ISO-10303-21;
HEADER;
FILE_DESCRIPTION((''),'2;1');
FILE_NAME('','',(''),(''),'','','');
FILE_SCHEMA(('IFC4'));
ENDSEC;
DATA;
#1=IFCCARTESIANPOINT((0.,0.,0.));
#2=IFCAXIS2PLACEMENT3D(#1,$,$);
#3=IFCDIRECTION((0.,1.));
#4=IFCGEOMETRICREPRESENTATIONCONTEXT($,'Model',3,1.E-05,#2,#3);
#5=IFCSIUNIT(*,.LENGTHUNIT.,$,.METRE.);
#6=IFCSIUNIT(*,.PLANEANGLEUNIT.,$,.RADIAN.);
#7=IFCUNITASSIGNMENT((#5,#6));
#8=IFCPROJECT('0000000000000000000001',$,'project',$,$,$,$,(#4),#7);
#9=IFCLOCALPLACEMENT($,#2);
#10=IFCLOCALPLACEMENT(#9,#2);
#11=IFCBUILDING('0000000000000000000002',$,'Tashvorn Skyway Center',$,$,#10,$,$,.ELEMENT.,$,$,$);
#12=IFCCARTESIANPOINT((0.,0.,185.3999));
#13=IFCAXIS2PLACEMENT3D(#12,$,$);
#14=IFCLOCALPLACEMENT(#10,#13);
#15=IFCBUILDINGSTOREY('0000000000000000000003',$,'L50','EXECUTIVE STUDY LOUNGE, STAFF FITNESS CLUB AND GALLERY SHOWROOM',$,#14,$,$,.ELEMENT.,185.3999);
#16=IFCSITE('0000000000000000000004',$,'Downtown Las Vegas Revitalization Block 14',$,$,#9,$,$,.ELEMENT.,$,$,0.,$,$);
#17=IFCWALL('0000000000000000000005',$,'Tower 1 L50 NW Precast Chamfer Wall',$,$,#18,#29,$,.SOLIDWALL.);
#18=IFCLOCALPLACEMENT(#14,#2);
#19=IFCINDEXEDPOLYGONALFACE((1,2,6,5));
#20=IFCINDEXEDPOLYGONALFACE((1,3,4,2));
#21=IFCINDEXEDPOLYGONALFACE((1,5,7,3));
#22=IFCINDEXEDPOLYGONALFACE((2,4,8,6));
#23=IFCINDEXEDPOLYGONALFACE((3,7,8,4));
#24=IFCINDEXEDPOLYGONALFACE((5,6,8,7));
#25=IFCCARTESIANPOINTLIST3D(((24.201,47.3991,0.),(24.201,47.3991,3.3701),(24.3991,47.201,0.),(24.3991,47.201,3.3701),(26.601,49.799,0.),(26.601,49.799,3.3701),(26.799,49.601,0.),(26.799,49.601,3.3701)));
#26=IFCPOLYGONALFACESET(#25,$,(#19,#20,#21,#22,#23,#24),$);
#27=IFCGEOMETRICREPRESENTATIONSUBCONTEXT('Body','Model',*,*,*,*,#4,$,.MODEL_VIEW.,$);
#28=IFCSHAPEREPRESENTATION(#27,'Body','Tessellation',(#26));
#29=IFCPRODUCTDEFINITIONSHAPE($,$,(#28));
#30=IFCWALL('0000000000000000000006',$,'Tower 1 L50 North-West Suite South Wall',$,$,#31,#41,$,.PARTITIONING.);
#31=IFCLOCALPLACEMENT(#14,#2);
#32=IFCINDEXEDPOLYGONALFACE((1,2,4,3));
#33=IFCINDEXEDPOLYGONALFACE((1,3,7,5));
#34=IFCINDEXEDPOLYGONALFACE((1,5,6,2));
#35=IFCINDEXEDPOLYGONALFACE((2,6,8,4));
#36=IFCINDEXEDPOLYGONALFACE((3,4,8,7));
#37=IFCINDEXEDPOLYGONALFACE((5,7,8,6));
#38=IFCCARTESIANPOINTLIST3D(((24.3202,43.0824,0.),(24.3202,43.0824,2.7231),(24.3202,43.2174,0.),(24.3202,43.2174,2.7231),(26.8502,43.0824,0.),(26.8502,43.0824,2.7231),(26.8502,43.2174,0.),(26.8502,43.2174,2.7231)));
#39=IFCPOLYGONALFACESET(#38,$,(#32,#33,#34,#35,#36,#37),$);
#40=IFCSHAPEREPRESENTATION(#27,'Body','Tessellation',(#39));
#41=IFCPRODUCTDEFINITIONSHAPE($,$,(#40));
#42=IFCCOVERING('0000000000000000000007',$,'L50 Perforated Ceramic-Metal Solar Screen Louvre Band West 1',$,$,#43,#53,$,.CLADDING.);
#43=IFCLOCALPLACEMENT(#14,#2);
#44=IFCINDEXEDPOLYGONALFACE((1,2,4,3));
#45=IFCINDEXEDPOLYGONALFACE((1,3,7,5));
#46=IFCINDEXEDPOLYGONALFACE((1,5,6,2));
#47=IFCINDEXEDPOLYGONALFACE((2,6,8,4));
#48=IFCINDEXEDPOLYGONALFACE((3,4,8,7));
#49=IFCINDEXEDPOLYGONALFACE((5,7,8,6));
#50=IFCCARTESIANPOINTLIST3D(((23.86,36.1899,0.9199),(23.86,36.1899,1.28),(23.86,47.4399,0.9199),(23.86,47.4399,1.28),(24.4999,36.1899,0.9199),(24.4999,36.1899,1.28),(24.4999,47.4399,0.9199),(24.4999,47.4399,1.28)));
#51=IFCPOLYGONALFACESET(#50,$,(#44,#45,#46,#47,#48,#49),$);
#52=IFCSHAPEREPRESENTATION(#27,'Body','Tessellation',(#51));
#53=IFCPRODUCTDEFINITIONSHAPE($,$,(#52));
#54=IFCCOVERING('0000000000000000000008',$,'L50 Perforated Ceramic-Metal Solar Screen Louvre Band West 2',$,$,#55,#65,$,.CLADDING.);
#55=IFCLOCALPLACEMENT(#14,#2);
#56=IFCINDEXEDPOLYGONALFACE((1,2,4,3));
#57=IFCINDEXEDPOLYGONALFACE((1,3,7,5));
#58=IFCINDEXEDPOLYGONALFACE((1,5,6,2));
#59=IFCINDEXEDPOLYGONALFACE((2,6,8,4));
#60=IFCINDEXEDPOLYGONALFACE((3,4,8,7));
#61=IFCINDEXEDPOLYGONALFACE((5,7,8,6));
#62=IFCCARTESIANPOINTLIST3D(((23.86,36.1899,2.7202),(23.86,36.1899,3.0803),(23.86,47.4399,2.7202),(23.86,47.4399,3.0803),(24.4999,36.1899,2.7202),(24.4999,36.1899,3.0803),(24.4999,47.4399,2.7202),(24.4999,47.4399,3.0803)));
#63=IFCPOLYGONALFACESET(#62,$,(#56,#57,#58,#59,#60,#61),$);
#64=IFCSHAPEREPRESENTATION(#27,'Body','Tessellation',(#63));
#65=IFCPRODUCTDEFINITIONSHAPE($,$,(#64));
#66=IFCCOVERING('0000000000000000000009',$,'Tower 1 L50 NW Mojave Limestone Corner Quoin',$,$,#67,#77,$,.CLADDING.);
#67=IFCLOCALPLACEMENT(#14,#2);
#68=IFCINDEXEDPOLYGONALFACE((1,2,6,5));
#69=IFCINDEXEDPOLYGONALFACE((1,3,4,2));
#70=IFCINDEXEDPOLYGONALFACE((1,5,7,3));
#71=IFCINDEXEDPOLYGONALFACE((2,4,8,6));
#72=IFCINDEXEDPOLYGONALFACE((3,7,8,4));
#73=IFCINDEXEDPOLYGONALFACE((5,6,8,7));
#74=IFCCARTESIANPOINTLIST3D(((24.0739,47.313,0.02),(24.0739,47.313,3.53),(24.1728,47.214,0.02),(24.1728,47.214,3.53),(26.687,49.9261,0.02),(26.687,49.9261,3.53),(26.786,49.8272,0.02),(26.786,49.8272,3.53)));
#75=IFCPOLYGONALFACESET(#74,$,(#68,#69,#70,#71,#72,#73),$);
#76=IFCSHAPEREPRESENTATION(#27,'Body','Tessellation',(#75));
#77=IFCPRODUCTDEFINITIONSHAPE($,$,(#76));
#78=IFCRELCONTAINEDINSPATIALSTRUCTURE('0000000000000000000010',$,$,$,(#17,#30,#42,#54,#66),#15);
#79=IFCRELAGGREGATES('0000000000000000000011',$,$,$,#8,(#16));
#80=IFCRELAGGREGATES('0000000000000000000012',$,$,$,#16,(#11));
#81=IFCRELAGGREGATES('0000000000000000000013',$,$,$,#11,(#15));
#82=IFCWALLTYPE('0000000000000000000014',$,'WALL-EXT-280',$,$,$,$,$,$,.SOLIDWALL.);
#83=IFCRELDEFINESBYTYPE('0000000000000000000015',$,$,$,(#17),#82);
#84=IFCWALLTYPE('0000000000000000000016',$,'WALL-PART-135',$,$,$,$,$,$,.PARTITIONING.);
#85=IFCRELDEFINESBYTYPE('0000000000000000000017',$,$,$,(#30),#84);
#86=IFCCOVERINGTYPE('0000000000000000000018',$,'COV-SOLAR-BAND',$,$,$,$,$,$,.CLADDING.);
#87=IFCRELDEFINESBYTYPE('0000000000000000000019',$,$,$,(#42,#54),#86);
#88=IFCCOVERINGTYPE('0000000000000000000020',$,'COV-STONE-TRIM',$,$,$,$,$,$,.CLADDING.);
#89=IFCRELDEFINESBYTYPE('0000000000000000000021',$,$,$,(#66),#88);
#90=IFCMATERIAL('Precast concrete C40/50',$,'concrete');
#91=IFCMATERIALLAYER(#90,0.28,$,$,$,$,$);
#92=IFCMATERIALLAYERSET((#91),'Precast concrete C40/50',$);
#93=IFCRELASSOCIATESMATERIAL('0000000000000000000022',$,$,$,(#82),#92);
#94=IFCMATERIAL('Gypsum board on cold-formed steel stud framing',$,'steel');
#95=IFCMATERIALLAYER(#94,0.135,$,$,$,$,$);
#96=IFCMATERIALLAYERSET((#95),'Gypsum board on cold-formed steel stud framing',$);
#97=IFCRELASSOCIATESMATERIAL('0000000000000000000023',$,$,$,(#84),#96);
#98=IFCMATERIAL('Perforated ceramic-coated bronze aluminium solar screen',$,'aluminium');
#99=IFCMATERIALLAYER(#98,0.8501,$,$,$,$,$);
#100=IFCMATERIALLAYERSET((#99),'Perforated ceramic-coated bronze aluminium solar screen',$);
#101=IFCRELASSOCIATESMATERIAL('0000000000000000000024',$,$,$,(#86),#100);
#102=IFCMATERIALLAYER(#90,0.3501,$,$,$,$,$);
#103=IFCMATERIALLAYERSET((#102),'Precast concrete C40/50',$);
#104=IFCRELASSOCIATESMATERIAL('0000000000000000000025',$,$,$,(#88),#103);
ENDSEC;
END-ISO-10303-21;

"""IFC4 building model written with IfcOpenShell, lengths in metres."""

from ifc_helpers import new_model, si_unit, direction, frame, frame_2d, origin, origin_2d, place, context, subcontext, project, spatial, rectangle, extrude, material, layer, layer_set, type_object, element, save


model = new_model("IFC4")

# Units and contexts
model_context = context("Model", 3, precision=1e-05, world=origin(), true_north=direction((0.0, 1.0)))
body_context = subcontext(model_context, "Body", "Model", "MODEL_VIEW")
ifc_project = project(units=[si_unit("LENGTHUNIT", "METRE"), si_unit("PLANEANGLEUNIT", "RADIAN")], contexts=[model_context])

# Site, building, storey
site_placement = place(None, origin())
site = spatial("IfcSite", under=ifc_project, at=site_placement, Name="Downtown Las Vegas Revitalization Block 14", CompositionType="ELEMENT", RefElevation=0.0)
building_placement = place(site_placement, origin())
building = spatial("IfcBuilding", under=site, at=building_placement, Name="Tashvorn Skyway Center", CompositionType="ELEMENT")
storey_placement = place(building_placement, frame((0.0, 0.0, 185.3999)))
storey = spatial("IfcBuildingStorey", under=building, at=storey_placement, Name="L50", Description="EXECUTIVE STUDY LOUNGE, STAFF FITNESS CLUB AND GALLERY SHOWROOM", CompositionType="ELEMENT", Elevation=185.3999)

# Walls
ifc_material_1 = material(Name="Precast concrete C40/50", Category="concrete")
ifc_layer_1 = layer(ifc_material_1, 0.28)
ifc_layer_set_1 = layer_set([ifc_layer_1], Name="Precast concrete C40/50")
wall_type_1 = type_object("IfcWallType", Name="WALL-EXT-280", PredefinedType="SOLIDWALL", material=ifc_layer_set_1)
wall_1_placement = place(storey_placement, frame((24.3, 47.3, 0.0), z_axis=(0.0, 0.0, 1.0), x_axis=(0.707107, 0.707107, 0.0)))
element("IfcWall", 1, at=wall_1_placement, inside=storey, type_object=wall_type_1, Name="Tower 1 L50 NW Precast Chamfer Wall", PredefinedType="SOLIDWALL", context=body_context, shape_type="SweptSolid", body=[
    extrude(rectangle(XDim=3.394, YDim=0.28, at=frame_2d((1.697, 0.0))), origin(), (0.0, 0.0, 1.0), 3.3701),
])
ifc_material_2 = material(Name="Gypsum board on cold-formed steel stud framing", Category="steel")
ifc_layer_2 = layer(ifc_material_2, 0.135)
ifc_layer_set_2 = layer_set([ifc_layer_2], Name="Gypsum board on cold-formed steel stud framing")
wall_type_2 = type_object("IfcWallType", Name="WALL-PART-135", PredefinedType="PARTITIONING", material=ifc_layer_set_2)
wall_2_placement = place(storey_placement, frame((24.3201, 43.1499, 0.0), z_axis=(0.0, 0.0, 1.0), x_axis=(1.0, 0.0, 0.0)))
element("IfcWall", 2, at=wall_2_placement, inside=storey, type_object=wall_type_2, Name="Tower 1 L50 North-West Suite South Wall", PredefinedType="PARTITIONING", context=body_context, shape_type="SweptSolid", body=[
    extrude(rectangle(XDim=2.53, YDim=0.135, at=frame_2d((1.2651, 0.0))), origin(), (0.0, 0.0, 1.0), 2.7231),
])

# Coverings
ifc_material_3 = material(Name="Perforated ceramic-coated bronze aluminium solar screen", Category="aluminium")
ifc_layer_3 = layer(ifc_material_3, 0.8501)
ifc_layer_set_3 = layer_set([ifc_layer_3], Name="Perforated ceramic-coated bronze aluminium solar screen")
covering_type_1 = type_object("IfcCoveringType", Name="COV-SOLAR-BAND", PredefinedType="CLADDING", material=ifc_layer_set_3)
for number, where, z_axis, x_axis, name in (
    (3, (24.1799, 41.8149, 0.9199), (0.0, 0.0, 1.0), (0.0, 1.0, 0.0), "L50 Perforated Ceramic-Metal Solar Screen Louvre Band West 1"),
    (4, (24.1799, 41.8149, 2.7202), (0.0, 0.0, 1.0), (0.0, 1.0, 0.0), "L50 Perforated Ceramic-Metal Solar Screen Louvre Band West 2"),
):
    element("IfcCovering", number, at=place(storey_placement, frame(where, z_axis=z_axis, x_axis=x_axis)), inside=storey, type_object=covering_type_1, Name=name, PredefinedType="CLADDING", context=body_context, shape_type="SweptSolid", body=[
        extrude(rectangle(XDim=11.25, YDim=0.6399, at=origin_2d()), origin(), (0.0, 0.0, 1.0), 0.3601),
    ])
ifc_layer_4 = layer(ifc_material_1, 0.3501)
ifc_layer_set_4 = layer_set([ifc_layer_4], Name="Precast concrete C40/50")
covering_type_2 = type_object("IfcCoveringType", Name="COV-STONE-TRIM", PredefinedType="CLADDING", material=ifc_layer_set_4)
covering_placement = place(storey_placement, frame((25.4299, 48.5701, 0.02), z_axis=(0.0, 0.0, 1.0), x_axis=(-0.707107, -0.707107, 0.0)))
element("IfcCovering", 5, at=covering_placement, inside=storey, type_object=covering_type_2, Name="Tower 1 L50 NW Mojave Limestone Corner Quoin", PredefinedType="CLADDING", context=body_context, shape_type="SweptSolid", body=[
    extrude(rectangle(XDim=3.6956, YDim=0.1399, at=origin_2d()), origin(), (0.0, 0.0, 1.0), 3.51),
])

save(model, "model.ifc")
